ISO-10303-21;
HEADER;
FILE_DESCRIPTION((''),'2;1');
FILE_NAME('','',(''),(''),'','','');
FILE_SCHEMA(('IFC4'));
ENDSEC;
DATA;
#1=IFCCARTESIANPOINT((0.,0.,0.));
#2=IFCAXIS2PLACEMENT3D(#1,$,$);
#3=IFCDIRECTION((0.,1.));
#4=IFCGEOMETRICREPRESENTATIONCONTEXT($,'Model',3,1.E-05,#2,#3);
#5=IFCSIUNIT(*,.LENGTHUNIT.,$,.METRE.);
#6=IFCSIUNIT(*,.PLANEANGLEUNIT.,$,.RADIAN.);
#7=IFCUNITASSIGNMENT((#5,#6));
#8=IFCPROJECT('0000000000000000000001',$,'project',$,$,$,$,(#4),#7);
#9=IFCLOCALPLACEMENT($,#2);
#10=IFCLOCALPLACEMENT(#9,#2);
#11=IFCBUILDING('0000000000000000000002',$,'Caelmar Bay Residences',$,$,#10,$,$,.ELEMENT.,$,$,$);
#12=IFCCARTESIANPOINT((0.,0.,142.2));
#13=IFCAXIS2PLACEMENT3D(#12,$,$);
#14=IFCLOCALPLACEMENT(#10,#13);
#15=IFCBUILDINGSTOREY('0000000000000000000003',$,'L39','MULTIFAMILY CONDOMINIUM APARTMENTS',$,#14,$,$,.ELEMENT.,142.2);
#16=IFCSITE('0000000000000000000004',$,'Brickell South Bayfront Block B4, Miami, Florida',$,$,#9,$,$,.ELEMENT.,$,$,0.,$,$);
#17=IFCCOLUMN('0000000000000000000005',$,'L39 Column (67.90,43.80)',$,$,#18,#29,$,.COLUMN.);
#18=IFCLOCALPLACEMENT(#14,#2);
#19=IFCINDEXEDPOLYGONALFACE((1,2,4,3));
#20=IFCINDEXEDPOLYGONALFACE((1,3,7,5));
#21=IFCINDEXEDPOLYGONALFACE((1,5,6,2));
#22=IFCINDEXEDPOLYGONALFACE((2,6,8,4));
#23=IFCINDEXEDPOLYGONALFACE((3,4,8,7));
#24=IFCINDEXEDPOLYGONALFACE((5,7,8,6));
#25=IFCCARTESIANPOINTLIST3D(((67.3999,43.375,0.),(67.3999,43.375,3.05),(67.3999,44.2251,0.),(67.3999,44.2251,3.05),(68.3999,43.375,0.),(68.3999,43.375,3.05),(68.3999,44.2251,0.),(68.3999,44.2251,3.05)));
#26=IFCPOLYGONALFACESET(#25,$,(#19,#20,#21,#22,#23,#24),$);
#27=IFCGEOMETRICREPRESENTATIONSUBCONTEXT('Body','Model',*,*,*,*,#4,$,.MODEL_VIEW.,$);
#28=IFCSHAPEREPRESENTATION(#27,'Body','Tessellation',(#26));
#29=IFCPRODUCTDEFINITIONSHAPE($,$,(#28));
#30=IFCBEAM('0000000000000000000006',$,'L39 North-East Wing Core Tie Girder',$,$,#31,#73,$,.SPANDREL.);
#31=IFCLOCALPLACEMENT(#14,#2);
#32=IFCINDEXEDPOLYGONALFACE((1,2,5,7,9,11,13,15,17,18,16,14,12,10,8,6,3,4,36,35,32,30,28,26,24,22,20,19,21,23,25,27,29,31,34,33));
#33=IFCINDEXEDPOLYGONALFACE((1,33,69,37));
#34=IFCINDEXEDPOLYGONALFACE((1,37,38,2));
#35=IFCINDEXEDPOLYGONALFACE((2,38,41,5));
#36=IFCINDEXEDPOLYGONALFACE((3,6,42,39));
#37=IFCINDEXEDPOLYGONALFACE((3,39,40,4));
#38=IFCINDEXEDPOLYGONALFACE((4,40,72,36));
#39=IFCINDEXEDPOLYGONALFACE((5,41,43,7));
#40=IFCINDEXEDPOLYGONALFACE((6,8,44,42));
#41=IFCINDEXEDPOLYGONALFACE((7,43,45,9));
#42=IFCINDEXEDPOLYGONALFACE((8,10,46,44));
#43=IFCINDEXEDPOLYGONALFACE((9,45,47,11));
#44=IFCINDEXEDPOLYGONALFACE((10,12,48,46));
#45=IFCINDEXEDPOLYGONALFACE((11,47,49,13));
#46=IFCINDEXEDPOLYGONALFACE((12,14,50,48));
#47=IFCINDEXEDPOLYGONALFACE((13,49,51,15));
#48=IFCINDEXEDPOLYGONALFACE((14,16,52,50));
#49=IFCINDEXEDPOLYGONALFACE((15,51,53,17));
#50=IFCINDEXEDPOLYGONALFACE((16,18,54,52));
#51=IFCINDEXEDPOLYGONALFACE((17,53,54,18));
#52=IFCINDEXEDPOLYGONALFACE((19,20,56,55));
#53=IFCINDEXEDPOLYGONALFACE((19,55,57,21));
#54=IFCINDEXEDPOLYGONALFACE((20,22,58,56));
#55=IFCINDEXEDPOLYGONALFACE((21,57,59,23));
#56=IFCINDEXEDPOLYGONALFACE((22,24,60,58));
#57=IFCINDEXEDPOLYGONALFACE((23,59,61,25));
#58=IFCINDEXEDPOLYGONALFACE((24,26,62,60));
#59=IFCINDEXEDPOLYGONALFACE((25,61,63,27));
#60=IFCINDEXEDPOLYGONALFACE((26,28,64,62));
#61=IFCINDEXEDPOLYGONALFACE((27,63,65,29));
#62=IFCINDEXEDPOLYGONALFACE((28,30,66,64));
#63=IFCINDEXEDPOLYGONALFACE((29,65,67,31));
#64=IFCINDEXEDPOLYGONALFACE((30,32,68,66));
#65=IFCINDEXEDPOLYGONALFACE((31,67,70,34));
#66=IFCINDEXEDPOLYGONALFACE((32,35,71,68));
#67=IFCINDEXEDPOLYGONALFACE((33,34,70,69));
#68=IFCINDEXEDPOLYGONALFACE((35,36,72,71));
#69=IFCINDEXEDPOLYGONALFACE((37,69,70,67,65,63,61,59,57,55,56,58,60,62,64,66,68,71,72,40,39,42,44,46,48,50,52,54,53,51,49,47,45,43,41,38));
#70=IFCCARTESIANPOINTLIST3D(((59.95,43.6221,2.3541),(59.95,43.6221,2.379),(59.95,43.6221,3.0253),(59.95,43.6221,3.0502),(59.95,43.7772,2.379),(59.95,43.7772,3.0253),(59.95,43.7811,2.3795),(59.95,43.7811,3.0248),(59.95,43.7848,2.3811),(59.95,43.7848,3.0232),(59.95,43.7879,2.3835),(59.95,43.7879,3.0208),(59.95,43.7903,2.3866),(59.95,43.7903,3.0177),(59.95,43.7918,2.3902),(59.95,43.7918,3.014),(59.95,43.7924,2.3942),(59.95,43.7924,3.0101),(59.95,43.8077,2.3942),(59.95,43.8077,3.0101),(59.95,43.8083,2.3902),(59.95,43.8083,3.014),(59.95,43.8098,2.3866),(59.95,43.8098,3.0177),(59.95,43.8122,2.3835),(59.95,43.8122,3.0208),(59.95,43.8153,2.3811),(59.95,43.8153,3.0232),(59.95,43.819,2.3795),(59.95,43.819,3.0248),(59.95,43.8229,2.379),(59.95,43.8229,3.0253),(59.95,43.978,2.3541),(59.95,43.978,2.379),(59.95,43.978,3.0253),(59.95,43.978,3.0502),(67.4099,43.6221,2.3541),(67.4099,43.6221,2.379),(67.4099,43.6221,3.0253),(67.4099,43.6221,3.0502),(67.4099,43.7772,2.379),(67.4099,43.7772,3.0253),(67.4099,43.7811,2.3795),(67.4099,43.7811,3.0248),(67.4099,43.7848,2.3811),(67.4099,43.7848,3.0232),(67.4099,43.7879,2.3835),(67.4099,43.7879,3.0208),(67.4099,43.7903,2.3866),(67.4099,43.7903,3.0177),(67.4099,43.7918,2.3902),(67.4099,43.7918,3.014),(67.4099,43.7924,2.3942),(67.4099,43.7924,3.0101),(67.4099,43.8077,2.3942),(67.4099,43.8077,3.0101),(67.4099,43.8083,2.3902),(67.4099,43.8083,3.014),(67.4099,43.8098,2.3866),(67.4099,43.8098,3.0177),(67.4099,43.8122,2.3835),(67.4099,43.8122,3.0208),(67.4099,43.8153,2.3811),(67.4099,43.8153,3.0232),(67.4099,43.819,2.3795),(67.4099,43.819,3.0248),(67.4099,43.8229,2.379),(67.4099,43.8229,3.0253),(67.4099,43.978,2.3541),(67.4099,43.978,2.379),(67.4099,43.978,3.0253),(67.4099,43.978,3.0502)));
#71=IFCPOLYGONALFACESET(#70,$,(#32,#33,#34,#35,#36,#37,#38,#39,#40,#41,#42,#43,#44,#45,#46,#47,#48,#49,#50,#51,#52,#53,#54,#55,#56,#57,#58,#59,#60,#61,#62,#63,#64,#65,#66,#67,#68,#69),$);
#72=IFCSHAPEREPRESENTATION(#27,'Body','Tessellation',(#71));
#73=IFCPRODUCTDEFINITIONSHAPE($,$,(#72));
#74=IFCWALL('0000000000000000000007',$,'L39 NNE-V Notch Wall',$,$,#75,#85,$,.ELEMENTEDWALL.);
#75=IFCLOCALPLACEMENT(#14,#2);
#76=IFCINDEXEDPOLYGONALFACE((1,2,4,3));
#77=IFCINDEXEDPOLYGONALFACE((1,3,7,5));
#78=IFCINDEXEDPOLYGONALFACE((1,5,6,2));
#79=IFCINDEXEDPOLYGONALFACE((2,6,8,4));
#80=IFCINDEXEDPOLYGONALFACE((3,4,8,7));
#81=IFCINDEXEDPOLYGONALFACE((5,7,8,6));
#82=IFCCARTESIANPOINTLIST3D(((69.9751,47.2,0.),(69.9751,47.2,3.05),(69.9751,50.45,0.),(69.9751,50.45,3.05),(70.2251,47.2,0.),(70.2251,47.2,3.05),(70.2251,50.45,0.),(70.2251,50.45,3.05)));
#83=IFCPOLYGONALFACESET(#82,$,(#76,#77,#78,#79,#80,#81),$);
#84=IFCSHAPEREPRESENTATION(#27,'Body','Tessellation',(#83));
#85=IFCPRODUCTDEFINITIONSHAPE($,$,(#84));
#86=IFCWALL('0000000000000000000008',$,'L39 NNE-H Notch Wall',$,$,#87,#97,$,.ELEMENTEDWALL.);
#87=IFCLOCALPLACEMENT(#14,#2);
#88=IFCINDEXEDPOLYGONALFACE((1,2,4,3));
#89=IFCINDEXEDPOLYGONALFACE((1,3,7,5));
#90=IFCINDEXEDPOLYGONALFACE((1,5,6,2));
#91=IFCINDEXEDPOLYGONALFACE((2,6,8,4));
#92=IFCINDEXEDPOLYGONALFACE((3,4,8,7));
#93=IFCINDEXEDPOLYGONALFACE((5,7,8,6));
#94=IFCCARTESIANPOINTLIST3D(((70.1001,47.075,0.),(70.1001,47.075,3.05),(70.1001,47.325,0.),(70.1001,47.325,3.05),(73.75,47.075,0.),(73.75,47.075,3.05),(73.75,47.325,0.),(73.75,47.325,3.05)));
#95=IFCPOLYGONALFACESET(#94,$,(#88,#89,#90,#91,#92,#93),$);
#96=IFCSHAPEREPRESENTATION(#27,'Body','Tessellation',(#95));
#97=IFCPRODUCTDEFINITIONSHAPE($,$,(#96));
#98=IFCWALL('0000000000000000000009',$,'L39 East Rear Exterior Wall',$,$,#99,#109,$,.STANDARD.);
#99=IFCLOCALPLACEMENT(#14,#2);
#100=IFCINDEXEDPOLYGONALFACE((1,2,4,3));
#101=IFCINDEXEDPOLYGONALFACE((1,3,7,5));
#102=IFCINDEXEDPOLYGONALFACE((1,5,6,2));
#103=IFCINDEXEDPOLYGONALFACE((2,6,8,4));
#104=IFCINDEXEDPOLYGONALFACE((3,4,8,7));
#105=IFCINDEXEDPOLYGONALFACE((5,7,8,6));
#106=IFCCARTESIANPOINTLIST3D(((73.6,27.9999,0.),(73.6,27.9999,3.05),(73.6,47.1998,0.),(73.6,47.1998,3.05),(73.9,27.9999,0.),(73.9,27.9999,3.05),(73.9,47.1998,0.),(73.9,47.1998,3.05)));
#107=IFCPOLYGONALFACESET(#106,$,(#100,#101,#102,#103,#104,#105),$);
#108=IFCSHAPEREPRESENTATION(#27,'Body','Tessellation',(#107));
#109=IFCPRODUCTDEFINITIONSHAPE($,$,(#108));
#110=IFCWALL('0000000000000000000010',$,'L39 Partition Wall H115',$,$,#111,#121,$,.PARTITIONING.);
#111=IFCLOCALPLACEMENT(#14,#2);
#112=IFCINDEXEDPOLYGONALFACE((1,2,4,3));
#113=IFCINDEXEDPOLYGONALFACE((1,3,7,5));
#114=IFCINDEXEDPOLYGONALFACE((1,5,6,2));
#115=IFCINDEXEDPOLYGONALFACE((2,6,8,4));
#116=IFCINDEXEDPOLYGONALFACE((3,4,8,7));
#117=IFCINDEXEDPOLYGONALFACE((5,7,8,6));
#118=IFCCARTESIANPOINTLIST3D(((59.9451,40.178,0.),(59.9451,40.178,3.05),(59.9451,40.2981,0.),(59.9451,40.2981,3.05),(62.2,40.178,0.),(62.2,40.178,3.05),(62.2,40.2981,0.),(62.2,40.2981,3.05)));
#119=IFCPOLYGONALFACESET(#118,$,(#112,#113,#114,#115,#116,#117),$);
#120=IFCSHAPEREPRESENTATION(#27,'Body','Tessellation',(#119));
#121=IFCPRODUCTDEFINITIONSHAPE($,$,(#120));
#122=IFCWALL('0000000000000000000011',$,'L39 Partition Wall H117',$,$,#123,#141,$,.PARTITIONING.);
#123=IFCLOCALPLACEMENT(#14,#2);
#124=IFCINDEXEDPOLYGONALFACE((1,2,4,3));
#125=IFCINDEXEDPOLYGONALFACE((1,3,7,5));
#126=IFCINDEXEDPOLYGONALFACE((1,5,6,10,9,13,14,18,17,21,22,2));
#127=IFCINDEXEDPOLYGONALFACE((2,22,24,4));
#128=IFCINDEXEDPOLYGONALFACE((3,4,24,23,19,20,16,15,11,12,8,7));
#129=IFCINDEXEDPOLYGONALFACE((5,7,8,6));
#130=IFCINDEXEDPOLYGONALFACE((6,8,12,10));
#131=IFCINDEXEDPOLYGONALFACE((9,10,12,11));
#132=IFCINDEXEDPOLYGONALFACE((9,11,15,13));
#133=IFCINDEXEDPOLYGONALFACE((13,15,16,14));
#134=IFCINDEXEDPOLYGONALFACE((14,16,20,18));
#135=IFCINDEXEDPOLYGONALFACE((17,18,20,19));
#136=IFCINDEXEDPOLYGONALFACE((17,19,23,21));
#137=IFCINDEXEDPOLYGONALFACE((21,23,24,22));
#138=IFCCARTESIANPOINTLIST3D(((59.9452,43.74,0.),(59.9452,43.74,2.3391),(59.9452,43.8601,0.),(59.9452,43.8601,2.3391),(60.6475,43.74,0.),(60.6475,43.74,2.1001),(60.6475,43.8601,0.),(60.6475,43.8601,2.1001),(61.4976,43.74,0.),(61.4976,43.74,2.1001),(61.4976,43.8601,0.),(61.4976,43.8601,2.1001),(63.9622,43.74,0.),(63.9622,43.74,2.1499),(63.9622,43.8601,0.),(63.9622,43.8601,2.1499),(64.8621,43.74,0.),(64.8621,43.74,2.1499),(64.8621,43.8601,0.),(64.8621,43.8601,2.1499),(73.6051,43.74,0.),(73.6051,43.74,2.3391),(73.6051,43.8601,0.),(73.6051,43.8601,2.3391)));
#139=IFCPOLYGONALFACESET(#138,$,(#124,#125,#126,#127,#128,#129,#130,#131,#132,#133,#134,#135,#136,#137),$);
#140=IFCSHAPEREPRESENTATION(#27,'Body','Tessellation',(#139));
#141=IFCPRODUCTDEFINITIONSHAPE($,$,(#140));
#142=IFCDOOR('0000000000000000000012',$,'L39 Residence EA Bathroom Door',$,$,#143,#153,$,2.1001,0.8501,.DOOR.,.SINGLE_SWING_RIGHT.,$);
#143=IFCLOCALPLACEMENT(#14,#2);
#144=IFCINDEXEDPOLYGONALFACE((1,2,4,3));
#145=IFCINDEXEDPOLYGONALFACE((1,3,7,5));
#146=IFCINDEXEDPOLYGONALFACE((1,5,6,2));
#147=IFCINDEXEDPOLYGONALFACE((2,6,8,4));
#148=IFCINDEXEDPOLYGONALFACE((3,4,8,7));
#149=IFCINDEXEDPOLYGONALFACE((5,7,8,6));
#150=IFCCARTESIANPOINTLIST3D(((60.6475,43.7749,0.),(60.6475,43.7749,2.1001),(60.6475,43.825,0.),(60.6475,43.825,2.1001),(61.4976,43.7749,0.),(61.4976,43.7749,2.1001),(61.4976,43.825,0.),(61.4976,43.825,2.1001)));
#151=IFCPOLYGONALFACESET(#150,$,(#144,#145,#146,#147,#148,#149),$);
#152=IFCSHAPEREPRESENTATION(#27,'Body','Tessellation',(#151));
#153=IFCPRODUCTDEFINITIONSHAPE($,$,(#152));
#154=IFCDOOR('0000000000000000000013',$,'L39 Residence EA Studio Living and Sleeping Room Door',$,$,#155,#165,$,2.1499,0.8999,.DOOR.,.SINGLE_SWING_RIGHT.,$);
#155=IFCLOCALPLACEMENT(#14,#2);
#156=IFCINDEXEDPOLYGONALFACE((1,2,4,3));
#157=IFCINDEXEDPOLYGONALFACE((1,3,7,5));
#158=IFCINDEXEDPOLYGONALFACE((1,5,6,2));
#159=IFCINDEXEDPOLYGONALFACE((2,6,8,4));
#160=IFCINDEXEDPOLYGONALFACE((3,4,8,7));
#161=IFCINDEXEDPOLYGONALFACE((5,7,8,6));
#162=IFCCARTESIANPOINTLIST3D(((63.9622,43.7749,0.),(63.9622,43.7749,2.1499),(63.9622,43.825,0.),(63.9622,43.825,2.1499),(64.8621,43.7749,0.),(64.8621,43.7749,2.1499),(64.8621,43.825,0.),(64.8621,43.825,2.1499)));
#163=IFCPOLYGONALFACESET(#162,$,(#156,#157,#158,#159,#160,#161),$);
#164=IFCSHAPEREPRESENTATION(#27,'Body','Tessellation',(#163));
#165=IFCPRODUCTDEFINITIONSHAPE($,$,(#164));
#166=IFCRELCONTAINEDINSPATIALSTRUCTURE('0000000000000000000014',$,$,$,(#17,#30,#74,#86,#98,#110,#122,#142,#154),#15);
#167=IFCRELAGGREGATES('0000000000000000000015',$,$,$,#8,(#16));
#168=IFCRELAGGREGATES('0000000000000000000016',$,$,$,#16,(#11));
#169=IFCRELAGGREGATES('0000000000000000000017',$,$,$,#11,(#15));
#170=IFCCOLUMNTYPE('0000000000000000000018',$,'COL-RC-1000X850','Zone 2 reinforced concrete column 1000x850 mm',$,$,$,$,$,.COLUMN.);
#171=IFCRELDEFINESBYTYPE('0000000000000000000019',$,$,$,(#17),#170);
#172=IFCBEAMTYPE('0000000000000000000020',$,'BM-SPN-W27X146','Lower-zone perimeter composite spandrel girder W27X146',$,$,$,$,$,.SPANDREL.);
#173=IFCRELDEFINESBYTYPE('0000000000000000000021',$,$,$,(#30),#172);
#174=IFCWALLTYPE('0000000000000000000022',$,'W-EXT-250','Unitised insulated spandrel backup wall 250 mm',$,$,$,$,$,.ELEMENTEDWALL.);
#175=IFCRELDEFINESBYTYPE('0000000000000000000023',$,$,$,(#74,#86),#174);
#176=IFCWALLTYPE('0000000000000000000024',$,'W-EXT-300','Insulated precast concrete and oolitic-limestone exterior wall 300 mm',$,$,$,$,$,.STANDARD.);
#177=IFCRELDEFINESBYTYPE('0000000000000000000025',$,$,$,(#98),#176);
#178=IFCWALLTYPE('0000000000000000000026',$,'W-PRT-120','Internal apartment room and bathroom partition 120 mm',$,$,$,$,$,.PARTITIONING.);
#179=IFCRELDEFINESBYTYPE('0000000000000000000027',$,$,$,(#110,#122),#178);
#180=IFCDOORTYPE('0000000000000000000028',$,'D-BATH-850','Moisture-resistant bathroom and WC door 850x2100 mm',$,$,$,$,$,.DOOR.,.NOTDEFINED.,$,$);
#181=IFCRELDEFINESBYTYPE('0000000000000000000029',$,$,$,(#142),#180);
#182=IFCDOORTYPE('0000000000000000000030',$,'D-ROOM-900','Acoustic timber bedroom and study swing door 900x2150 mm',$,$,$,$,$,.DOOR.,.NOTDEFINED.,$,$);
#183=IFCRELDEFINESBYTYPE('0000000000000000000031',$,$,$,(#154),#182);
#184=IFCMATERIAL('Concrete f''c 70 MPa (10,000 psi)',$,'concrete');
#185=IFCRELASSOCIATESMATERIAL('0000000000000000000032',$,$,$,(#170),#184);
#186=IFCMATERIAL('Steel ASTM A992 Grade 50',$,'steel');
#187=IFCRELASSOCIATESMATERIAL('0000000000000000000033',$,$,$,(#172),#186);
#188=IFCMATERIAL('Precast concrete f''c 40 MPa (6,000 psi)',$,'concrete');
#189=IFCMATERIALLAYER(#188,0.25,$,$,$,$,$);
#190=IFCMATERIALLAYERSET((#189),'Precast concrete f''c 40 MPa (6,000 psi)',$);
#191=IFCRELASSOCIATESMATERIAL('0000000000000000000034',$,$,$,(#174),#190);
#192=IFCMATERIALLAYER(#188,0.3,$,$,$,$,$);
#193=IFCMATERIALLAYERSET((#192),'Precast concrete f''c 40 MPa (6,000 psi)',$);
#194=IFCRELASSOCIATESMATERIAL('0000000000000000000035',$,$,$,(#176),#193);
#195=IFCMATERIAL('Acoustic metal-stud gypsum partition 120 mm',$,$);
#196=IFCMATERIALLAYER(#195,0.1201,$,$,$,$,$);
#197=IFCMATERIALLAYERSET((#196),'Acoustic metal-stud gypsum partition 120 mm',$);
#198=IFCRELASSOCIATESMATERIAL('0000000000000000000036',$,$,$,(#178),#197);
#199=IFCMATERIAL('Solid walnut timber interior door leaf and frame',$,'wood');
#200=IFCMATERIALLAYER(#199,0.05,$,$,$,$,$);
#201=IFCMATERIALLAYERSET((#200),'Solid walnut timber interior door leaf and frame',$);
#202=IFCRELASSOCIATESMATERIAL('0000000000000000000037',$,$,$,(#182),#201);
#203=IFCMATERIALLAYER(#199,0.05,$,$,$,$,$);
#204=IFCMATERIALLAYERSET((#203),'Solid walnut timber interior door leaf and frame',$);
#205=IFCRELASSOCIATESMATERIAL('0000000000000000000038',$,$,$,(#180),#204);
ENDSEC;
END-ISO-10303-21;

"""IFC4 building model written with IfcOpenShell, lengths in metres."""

from ifc_helpers import new_model, si_unit, direction, frame, frame_2d, origin, origin_2d, place, context, subcontext, project, spatial, rectangle, i_section, extrude, material, layer, layer_set, material_profile, profile_set, type_object, element, fill, save


model = new_model("IFC4")

# Units and contexts
model_context = context("Model", 3, precision=1e-05, world=origin(), true_north=direction((0.0, 1.0)))
body_context = subcontext(model_context, "Body", "Model", "MODEL_VIEW")
ifc_project = project(units=[si_unit("LENGTHUNIT", "METRE"), si_unit("PLANEANGLEUNIT", "RADIAN")], contexts=[model_context])

# Site, building, storey
site_placement = place(None, origin())
site = spatial("IfcSite", under=ifc_project, at=site_placement, Name="Brickell South Bayfront Block B4, Miami, Florida", CompositionType="ELEMENT", RefElevation=0.0)
building_placement = place(site_placement, origin())
building = spatial("IfcBuilding", under=site, at=building_placement, Name="Caelmar Bay Residences", CompositionType="ELEMENT")
storey_placement = place(building_placement, frame((0.0, 0.0, 142.2)))
storey = spatial("IfcBuildingStorey", under=building, at=storey_placement, Name="L39", Description="MULTIFAMILY CONDOMINIUM APARTMENTS", CompositionType="ELEMENT", Elevation=142.2)

# Column
ifc_material_1 = material(Name="Concrete f'c 70 MPa (10,000 psi)", Category="concrete")
ifc_material_profile_1 = material_profile(ifc_material_1, rectangle(XDim=1.0, YDim=0.8501, at=origin_2d()), Name="RC-COL-1000X850")
ifc_profile_set_1 = profile_set([ifc_material_profile_1], Name="Concrete f'c 70 MPa (10,000 psi)")
column_type = type_object("IfcColumnType", Name="COL-RC-1000X850", Description="Zone 2 reinforced concrete column 1000x850 mm", PredefinedType="COLUMN", material=ifc_profile_set_1)
column_placement = place(storey_placement, frame((67.8999, 43.8, 0.0), z_axis=(0.0, 0.0, 1.0), x_axis=(1.0, 0.0, 0.0)))
element("IfcColumn", 1, at=column_placement, inside=storey, type_object=column_type, Name="L39 Column (67.90,43.80)", PredefinedType="COLUMN", context=body_context, shape_type="SweptSolid", body=[
    extrude(rectangle(XDim=1.0, YDim=0.8501, at=origin_2d()), origin(), (0.0, 0.0, 1.0), 3.05),
])

# Beam
ifc_material_2 = material(Name="Steel ASTM A992 Grade 50", Category="steel")
ifc_material_profile_2 = material_profile(ifc_material_2, i_section(OverallWidth=0.356, OverallDepth=0.696, WebThickness=0.0154, FlangeThickness=0.0249, FilletRadius=0.0151, at=origin_2d()), Name="W27X146")
ifc_profile_set_2 = profile_set([ifc_material_profile_2], Name="Steel ASTM A992 Grade 50")
beam_type = type_object("IfcBeamType", Name="BM-SPN-W27X146", Description="Lower-zone perimeter composite spandrel girder W27X146", PredefinedType="SPANDREL", material=ifc_profile_set_2)
beam_placement = place(storey_placement, frame((59.95, 43.8, 2.7021), z_axis=(1.0, 0.0, 0.0), x_axis=(0.0, 1.0, 0.0)))
element("IfcBeam", 2, at=beam_placement, inside=storey, type_object=beam_type, Name="L39 North-East Wing Core Tie Girder", PredefinedType="SPANDREL", context=body_context, shape_type="SweptSolid", body=[
    extrude(i_section(OverallWidth=0.356, OverallDepth=0.696, WebThickness=0.0154, FlangeThickness=0.0249, FilletRadius=0.0151, at=origin_2d()), origin(), (0.0, 0.0, 1.0), 7.46),
])

# Walls
ifc_material_3 = material(Name="Precast concrete f'c 40 MPa (6,000 psi)", Category="concrete")
ifc_layer_1 = layer(ifc_material_3, 0.25)
ifc_layer_set_1 = layer_set([ifc_layer_1], Name="Precast concrete f'c 40 MPa (6,000 psi)")
wall_type_1 = type_object("IfcWallType", Name="W-EXT-250", Description="Unitised insulated spandrel backup wall 250 mm", PredefinedType="ELEMENTEDWALL", material=ifc_layer_set_1)
wall_1_placement = place(storey_placement, frame((70.1001, 50.45, 0.0), z_axis=(0.0, 0.0, 1.0), x_axis=(0.0, -1.0, 0.0)))
element("IfcWall", 3, at=wall_1_placement, inside=storey, type_object=wall_type_1, Name="L39 NNE-V Notch Wall", PredefinedType="ELEMENTEDWALL", context=body_context, shape_type="SweptSolid", body=[
    extrude(rectangle(XDim=3.25, YDim=0.25, at=frame_2d((1.625, 0.0))), origin(), (0.0, 0.0, 1.0), 3.05),
])
wall_2_placement = place(storey_placement, frame((70.1001, 47.2, 0.0), z_axis=(0.0, 0.0, 1.0), x_axis=(1.0, 0.0, 0.0)))
element("IfcWall", 4, at=wall_2_placement, inside=storey, type_object=wall_type_1, Name="L39 NNE-H Notch Wall", PredefinedType="ELEMENTEDWALL", context=body_context, shape_type="SweptSolid", body=[
    extrude(rectangle(XDim=3.6499, YDim=0.25, at=frame_2d((1.825, 0.0))), origin(), (0.0, 0.0, 1.0), 3.05),
])
ifc_layer_2 = layer(ifc_material_3, 0.3)
ifc_layer_set_2 = layer_set([ifc_layer_2], Name="Precast concrete f'c 40 MPa (6,000 psi)")
wall_type_2 = type_object("IfcWallType", Name="W-EXT-300", Description="Insulated precast concrete and oolitic-limestone exterior wall 300 mm", PredefinedType="STANDARD", material=ifc_layer_set_2)
wall_3_placement = place(storey_placement, frame((73.75, 47.2, 0.0), z_axis=(0.0, 0.0, 1.0), x_axis=(0.0, -1.0, 0.0)))
element("IfcWall", 5, at=wall_3_placement, inside=storey, type_object=wall_type_2, Name="L39 East Rear Exterior Wall", PredefinedType="STANDARD", context=body_context, shape_type="SweptSolid", body=[
    extrude(rectangle(XDim=19.2, YDim=0.3, at=frame_2d((9.6001, 0.0))), origin(), (0.0, 0.0, 1.0), 3.05),
])

# Shared definitions
ifc_material_4 = material(Name="Acoustic metal-stud gypsum partition 120 mm")
ifc_layer_3 = layer(ifc_material_4, 0.1201)
ifc_layer_set_3 = layer_set([ifc_layer_3], Name="Acoustic metal-stud gypsum partition 120 mm")
wall_type_3 = type_object("IfcWallType", Name="W-PRT-120", Description="Internal apartment room and bathroom partition 120 mm", PredefinedType="PARTITIONING", material=ifc_layer_set_3)
ifc_material_5 = material(Name="Solid walnut timber interior door leaf and frame", Category="wood")
ifc_layer_4 = layer(ifc_material_5, 0.05)
ifc_layer_set_4 = layer_set([ifc_layer_4], Name="Solid walnut timber interior door leaf and frame")
door_type_1 = type_object("IfcDoorType", Name="D-ROOM-900", Description="Acoustic timber bedroom and study swing door 900x2150 mm", OperationType="NOTDEFINED", PredefinedType="DOOR", material=ifc_layer_set_4)

# Wall
wall_4_placement = place(storey_placement, frame((59.9451, 40.238, 0.0), z_axis=(0.0, 0.0, 1.0), x_axis=(1.0, 0.0, 0.0)))
element("IfcWall", 6, at=wall_4_placement, inside=storey, type_object=wall_type_3, Name="L39 Partition Wall H115", PredefinedType="PARTITIONING", context=body_context, shape_type="SweptSolid", body=[
    extrude(rectangle(XDim=2.2549, YDim=0.1201, at=frame_2d((1.1274, 0.0))), origin(), (0.0, 0.0, 1.0), 3.05),
])

# Wall, openings, doors
wall_5_placement = place(storey_placement, frame((59.9451, 43.8, 0.0), z_axis=(0.0, 0.0, 1.0), x_axis=(1.0, 0.0, 0.0)))
wall_5 = element("IfcWall", 7, at=wall_5_placement, inside=storey, type_object=wall_type_3, Name="L39 Partition Wall H117", PredefinedType="PARTITIONING", context=body_context, shape_type="SweptSolid", body=[
    extrude(rectangle(XDim=13.6599, YDim=0.1201, at=frame_2d((6.8301, 0.0))), origin(), (0.0, 0.0, 1.0), 2.3391),
])
opening_1_placement = place(wall_5_placement, frame((4.0171, 0.0, 0.0)))
opening_1 = element("IfcOpeningElement", 8, at=opening_1_placement, cuts=wall_5, PredefinedType="OPENING", context=body_context, shape_type="SweptSolid", body=[
    extrude(rectangle(XDim=0.8999, YDim=2.1499, at=frame_2d((0.45, 1.075))), frame((0.0, 0.0701, 0.0), z_axis=(0.0, -1.0, 0.0), x_axis=(1.0, 0.0, 0.0)), (0.0, 0.0, 1.0), 0.1401),
])
opening_2_placement = place(wall_5_placement, frame((0.7024, 0.0, 0.0)))
opening_2 = element("IfcOpeningElement", 9, at=opening_2_placement, cuts=wall_5, PredefinedType="OPENING", context=body_context, shape_type="SweptSolid", body=[
    extrude(rectangle(XDim=0.8501, YDim=2.1001, at=frame_2d((0.425, 1.05))), frame((0.0, 0.0701, 0.0), z_axis=(0.0, -1.0, 0.0), x_axis=(1.0, 0.0, 0.0)), (0.0, 0.0, 1.0), 0.1401),
])
ifc_layer_5 = layer(ifc_material_5, 0.05)
ifc_layer_set_5 = layer_set([ifc_layer_5], Name="Solid walnut timber interior door leaf and frame")
door_type_2 = type_object("IfcDoorType", Name="D-BATH-850", Description="Moisture-resistant bathroom and WC door 850x2100 mm", OperationType="NOTDEFINED", PredefinedType="DOOR", material=ifc_layer_set_5)
door_1_placement = place(opening_2_placement, origin())
door_1 = element("IfcDoor", 10, at=door_1_placement, inside=storey, type_object=door_type_2, Name="L39 Residence EA Bathroom Door", OperationType="SINGLE_SWING_RIGHT", OverallHeight=2.1001, OverallWidth=0.8501, PredefinedType="DOOR", context=body_context, shape_type="SweptSolid", body=[
    extrude(rectangle(XDim=0.8501, YDim=2.1001, at=frame_2d((0.425, 1.05))), frame((0.0, 0.0249, 0.0), z_axis=(0.0, -1.0, 0.0), x_axis=(1.0, 0.0, 0.0)), (0.0, 0.0, 1.0), 0.05),
])
fill(opening_2, door_1)
door_2_placement = place(opening_1_placement, origin())
door_2 = element("IfcDoor", 11, at=door_2_placement, inside=storey, type_object=door_type_1, Name="L39 Residence EA Studio Living and Sleeping Room Door", OperationType="SINGLE_SWING_RIGHT", OverallHeight=2.1499, OverallWidth=0.8999, PredefinedType="DOOR", context=body_context, shape_type="SweptSolid", body=[
    extrude(rectangle(XDim=0.8999, YDim=2.1499, at=frame_2d((0.45, 1.075))), frame((0.0, 0.0249, 0.0), z_axis=(0.0, -1.0, 0.0), x_axis=(1.0, 0.0, 0.0)), (0.0, 0.0, 1.0), 0.05),
])
fill(opening_1, door_2)

save(model, "model.ifc")
